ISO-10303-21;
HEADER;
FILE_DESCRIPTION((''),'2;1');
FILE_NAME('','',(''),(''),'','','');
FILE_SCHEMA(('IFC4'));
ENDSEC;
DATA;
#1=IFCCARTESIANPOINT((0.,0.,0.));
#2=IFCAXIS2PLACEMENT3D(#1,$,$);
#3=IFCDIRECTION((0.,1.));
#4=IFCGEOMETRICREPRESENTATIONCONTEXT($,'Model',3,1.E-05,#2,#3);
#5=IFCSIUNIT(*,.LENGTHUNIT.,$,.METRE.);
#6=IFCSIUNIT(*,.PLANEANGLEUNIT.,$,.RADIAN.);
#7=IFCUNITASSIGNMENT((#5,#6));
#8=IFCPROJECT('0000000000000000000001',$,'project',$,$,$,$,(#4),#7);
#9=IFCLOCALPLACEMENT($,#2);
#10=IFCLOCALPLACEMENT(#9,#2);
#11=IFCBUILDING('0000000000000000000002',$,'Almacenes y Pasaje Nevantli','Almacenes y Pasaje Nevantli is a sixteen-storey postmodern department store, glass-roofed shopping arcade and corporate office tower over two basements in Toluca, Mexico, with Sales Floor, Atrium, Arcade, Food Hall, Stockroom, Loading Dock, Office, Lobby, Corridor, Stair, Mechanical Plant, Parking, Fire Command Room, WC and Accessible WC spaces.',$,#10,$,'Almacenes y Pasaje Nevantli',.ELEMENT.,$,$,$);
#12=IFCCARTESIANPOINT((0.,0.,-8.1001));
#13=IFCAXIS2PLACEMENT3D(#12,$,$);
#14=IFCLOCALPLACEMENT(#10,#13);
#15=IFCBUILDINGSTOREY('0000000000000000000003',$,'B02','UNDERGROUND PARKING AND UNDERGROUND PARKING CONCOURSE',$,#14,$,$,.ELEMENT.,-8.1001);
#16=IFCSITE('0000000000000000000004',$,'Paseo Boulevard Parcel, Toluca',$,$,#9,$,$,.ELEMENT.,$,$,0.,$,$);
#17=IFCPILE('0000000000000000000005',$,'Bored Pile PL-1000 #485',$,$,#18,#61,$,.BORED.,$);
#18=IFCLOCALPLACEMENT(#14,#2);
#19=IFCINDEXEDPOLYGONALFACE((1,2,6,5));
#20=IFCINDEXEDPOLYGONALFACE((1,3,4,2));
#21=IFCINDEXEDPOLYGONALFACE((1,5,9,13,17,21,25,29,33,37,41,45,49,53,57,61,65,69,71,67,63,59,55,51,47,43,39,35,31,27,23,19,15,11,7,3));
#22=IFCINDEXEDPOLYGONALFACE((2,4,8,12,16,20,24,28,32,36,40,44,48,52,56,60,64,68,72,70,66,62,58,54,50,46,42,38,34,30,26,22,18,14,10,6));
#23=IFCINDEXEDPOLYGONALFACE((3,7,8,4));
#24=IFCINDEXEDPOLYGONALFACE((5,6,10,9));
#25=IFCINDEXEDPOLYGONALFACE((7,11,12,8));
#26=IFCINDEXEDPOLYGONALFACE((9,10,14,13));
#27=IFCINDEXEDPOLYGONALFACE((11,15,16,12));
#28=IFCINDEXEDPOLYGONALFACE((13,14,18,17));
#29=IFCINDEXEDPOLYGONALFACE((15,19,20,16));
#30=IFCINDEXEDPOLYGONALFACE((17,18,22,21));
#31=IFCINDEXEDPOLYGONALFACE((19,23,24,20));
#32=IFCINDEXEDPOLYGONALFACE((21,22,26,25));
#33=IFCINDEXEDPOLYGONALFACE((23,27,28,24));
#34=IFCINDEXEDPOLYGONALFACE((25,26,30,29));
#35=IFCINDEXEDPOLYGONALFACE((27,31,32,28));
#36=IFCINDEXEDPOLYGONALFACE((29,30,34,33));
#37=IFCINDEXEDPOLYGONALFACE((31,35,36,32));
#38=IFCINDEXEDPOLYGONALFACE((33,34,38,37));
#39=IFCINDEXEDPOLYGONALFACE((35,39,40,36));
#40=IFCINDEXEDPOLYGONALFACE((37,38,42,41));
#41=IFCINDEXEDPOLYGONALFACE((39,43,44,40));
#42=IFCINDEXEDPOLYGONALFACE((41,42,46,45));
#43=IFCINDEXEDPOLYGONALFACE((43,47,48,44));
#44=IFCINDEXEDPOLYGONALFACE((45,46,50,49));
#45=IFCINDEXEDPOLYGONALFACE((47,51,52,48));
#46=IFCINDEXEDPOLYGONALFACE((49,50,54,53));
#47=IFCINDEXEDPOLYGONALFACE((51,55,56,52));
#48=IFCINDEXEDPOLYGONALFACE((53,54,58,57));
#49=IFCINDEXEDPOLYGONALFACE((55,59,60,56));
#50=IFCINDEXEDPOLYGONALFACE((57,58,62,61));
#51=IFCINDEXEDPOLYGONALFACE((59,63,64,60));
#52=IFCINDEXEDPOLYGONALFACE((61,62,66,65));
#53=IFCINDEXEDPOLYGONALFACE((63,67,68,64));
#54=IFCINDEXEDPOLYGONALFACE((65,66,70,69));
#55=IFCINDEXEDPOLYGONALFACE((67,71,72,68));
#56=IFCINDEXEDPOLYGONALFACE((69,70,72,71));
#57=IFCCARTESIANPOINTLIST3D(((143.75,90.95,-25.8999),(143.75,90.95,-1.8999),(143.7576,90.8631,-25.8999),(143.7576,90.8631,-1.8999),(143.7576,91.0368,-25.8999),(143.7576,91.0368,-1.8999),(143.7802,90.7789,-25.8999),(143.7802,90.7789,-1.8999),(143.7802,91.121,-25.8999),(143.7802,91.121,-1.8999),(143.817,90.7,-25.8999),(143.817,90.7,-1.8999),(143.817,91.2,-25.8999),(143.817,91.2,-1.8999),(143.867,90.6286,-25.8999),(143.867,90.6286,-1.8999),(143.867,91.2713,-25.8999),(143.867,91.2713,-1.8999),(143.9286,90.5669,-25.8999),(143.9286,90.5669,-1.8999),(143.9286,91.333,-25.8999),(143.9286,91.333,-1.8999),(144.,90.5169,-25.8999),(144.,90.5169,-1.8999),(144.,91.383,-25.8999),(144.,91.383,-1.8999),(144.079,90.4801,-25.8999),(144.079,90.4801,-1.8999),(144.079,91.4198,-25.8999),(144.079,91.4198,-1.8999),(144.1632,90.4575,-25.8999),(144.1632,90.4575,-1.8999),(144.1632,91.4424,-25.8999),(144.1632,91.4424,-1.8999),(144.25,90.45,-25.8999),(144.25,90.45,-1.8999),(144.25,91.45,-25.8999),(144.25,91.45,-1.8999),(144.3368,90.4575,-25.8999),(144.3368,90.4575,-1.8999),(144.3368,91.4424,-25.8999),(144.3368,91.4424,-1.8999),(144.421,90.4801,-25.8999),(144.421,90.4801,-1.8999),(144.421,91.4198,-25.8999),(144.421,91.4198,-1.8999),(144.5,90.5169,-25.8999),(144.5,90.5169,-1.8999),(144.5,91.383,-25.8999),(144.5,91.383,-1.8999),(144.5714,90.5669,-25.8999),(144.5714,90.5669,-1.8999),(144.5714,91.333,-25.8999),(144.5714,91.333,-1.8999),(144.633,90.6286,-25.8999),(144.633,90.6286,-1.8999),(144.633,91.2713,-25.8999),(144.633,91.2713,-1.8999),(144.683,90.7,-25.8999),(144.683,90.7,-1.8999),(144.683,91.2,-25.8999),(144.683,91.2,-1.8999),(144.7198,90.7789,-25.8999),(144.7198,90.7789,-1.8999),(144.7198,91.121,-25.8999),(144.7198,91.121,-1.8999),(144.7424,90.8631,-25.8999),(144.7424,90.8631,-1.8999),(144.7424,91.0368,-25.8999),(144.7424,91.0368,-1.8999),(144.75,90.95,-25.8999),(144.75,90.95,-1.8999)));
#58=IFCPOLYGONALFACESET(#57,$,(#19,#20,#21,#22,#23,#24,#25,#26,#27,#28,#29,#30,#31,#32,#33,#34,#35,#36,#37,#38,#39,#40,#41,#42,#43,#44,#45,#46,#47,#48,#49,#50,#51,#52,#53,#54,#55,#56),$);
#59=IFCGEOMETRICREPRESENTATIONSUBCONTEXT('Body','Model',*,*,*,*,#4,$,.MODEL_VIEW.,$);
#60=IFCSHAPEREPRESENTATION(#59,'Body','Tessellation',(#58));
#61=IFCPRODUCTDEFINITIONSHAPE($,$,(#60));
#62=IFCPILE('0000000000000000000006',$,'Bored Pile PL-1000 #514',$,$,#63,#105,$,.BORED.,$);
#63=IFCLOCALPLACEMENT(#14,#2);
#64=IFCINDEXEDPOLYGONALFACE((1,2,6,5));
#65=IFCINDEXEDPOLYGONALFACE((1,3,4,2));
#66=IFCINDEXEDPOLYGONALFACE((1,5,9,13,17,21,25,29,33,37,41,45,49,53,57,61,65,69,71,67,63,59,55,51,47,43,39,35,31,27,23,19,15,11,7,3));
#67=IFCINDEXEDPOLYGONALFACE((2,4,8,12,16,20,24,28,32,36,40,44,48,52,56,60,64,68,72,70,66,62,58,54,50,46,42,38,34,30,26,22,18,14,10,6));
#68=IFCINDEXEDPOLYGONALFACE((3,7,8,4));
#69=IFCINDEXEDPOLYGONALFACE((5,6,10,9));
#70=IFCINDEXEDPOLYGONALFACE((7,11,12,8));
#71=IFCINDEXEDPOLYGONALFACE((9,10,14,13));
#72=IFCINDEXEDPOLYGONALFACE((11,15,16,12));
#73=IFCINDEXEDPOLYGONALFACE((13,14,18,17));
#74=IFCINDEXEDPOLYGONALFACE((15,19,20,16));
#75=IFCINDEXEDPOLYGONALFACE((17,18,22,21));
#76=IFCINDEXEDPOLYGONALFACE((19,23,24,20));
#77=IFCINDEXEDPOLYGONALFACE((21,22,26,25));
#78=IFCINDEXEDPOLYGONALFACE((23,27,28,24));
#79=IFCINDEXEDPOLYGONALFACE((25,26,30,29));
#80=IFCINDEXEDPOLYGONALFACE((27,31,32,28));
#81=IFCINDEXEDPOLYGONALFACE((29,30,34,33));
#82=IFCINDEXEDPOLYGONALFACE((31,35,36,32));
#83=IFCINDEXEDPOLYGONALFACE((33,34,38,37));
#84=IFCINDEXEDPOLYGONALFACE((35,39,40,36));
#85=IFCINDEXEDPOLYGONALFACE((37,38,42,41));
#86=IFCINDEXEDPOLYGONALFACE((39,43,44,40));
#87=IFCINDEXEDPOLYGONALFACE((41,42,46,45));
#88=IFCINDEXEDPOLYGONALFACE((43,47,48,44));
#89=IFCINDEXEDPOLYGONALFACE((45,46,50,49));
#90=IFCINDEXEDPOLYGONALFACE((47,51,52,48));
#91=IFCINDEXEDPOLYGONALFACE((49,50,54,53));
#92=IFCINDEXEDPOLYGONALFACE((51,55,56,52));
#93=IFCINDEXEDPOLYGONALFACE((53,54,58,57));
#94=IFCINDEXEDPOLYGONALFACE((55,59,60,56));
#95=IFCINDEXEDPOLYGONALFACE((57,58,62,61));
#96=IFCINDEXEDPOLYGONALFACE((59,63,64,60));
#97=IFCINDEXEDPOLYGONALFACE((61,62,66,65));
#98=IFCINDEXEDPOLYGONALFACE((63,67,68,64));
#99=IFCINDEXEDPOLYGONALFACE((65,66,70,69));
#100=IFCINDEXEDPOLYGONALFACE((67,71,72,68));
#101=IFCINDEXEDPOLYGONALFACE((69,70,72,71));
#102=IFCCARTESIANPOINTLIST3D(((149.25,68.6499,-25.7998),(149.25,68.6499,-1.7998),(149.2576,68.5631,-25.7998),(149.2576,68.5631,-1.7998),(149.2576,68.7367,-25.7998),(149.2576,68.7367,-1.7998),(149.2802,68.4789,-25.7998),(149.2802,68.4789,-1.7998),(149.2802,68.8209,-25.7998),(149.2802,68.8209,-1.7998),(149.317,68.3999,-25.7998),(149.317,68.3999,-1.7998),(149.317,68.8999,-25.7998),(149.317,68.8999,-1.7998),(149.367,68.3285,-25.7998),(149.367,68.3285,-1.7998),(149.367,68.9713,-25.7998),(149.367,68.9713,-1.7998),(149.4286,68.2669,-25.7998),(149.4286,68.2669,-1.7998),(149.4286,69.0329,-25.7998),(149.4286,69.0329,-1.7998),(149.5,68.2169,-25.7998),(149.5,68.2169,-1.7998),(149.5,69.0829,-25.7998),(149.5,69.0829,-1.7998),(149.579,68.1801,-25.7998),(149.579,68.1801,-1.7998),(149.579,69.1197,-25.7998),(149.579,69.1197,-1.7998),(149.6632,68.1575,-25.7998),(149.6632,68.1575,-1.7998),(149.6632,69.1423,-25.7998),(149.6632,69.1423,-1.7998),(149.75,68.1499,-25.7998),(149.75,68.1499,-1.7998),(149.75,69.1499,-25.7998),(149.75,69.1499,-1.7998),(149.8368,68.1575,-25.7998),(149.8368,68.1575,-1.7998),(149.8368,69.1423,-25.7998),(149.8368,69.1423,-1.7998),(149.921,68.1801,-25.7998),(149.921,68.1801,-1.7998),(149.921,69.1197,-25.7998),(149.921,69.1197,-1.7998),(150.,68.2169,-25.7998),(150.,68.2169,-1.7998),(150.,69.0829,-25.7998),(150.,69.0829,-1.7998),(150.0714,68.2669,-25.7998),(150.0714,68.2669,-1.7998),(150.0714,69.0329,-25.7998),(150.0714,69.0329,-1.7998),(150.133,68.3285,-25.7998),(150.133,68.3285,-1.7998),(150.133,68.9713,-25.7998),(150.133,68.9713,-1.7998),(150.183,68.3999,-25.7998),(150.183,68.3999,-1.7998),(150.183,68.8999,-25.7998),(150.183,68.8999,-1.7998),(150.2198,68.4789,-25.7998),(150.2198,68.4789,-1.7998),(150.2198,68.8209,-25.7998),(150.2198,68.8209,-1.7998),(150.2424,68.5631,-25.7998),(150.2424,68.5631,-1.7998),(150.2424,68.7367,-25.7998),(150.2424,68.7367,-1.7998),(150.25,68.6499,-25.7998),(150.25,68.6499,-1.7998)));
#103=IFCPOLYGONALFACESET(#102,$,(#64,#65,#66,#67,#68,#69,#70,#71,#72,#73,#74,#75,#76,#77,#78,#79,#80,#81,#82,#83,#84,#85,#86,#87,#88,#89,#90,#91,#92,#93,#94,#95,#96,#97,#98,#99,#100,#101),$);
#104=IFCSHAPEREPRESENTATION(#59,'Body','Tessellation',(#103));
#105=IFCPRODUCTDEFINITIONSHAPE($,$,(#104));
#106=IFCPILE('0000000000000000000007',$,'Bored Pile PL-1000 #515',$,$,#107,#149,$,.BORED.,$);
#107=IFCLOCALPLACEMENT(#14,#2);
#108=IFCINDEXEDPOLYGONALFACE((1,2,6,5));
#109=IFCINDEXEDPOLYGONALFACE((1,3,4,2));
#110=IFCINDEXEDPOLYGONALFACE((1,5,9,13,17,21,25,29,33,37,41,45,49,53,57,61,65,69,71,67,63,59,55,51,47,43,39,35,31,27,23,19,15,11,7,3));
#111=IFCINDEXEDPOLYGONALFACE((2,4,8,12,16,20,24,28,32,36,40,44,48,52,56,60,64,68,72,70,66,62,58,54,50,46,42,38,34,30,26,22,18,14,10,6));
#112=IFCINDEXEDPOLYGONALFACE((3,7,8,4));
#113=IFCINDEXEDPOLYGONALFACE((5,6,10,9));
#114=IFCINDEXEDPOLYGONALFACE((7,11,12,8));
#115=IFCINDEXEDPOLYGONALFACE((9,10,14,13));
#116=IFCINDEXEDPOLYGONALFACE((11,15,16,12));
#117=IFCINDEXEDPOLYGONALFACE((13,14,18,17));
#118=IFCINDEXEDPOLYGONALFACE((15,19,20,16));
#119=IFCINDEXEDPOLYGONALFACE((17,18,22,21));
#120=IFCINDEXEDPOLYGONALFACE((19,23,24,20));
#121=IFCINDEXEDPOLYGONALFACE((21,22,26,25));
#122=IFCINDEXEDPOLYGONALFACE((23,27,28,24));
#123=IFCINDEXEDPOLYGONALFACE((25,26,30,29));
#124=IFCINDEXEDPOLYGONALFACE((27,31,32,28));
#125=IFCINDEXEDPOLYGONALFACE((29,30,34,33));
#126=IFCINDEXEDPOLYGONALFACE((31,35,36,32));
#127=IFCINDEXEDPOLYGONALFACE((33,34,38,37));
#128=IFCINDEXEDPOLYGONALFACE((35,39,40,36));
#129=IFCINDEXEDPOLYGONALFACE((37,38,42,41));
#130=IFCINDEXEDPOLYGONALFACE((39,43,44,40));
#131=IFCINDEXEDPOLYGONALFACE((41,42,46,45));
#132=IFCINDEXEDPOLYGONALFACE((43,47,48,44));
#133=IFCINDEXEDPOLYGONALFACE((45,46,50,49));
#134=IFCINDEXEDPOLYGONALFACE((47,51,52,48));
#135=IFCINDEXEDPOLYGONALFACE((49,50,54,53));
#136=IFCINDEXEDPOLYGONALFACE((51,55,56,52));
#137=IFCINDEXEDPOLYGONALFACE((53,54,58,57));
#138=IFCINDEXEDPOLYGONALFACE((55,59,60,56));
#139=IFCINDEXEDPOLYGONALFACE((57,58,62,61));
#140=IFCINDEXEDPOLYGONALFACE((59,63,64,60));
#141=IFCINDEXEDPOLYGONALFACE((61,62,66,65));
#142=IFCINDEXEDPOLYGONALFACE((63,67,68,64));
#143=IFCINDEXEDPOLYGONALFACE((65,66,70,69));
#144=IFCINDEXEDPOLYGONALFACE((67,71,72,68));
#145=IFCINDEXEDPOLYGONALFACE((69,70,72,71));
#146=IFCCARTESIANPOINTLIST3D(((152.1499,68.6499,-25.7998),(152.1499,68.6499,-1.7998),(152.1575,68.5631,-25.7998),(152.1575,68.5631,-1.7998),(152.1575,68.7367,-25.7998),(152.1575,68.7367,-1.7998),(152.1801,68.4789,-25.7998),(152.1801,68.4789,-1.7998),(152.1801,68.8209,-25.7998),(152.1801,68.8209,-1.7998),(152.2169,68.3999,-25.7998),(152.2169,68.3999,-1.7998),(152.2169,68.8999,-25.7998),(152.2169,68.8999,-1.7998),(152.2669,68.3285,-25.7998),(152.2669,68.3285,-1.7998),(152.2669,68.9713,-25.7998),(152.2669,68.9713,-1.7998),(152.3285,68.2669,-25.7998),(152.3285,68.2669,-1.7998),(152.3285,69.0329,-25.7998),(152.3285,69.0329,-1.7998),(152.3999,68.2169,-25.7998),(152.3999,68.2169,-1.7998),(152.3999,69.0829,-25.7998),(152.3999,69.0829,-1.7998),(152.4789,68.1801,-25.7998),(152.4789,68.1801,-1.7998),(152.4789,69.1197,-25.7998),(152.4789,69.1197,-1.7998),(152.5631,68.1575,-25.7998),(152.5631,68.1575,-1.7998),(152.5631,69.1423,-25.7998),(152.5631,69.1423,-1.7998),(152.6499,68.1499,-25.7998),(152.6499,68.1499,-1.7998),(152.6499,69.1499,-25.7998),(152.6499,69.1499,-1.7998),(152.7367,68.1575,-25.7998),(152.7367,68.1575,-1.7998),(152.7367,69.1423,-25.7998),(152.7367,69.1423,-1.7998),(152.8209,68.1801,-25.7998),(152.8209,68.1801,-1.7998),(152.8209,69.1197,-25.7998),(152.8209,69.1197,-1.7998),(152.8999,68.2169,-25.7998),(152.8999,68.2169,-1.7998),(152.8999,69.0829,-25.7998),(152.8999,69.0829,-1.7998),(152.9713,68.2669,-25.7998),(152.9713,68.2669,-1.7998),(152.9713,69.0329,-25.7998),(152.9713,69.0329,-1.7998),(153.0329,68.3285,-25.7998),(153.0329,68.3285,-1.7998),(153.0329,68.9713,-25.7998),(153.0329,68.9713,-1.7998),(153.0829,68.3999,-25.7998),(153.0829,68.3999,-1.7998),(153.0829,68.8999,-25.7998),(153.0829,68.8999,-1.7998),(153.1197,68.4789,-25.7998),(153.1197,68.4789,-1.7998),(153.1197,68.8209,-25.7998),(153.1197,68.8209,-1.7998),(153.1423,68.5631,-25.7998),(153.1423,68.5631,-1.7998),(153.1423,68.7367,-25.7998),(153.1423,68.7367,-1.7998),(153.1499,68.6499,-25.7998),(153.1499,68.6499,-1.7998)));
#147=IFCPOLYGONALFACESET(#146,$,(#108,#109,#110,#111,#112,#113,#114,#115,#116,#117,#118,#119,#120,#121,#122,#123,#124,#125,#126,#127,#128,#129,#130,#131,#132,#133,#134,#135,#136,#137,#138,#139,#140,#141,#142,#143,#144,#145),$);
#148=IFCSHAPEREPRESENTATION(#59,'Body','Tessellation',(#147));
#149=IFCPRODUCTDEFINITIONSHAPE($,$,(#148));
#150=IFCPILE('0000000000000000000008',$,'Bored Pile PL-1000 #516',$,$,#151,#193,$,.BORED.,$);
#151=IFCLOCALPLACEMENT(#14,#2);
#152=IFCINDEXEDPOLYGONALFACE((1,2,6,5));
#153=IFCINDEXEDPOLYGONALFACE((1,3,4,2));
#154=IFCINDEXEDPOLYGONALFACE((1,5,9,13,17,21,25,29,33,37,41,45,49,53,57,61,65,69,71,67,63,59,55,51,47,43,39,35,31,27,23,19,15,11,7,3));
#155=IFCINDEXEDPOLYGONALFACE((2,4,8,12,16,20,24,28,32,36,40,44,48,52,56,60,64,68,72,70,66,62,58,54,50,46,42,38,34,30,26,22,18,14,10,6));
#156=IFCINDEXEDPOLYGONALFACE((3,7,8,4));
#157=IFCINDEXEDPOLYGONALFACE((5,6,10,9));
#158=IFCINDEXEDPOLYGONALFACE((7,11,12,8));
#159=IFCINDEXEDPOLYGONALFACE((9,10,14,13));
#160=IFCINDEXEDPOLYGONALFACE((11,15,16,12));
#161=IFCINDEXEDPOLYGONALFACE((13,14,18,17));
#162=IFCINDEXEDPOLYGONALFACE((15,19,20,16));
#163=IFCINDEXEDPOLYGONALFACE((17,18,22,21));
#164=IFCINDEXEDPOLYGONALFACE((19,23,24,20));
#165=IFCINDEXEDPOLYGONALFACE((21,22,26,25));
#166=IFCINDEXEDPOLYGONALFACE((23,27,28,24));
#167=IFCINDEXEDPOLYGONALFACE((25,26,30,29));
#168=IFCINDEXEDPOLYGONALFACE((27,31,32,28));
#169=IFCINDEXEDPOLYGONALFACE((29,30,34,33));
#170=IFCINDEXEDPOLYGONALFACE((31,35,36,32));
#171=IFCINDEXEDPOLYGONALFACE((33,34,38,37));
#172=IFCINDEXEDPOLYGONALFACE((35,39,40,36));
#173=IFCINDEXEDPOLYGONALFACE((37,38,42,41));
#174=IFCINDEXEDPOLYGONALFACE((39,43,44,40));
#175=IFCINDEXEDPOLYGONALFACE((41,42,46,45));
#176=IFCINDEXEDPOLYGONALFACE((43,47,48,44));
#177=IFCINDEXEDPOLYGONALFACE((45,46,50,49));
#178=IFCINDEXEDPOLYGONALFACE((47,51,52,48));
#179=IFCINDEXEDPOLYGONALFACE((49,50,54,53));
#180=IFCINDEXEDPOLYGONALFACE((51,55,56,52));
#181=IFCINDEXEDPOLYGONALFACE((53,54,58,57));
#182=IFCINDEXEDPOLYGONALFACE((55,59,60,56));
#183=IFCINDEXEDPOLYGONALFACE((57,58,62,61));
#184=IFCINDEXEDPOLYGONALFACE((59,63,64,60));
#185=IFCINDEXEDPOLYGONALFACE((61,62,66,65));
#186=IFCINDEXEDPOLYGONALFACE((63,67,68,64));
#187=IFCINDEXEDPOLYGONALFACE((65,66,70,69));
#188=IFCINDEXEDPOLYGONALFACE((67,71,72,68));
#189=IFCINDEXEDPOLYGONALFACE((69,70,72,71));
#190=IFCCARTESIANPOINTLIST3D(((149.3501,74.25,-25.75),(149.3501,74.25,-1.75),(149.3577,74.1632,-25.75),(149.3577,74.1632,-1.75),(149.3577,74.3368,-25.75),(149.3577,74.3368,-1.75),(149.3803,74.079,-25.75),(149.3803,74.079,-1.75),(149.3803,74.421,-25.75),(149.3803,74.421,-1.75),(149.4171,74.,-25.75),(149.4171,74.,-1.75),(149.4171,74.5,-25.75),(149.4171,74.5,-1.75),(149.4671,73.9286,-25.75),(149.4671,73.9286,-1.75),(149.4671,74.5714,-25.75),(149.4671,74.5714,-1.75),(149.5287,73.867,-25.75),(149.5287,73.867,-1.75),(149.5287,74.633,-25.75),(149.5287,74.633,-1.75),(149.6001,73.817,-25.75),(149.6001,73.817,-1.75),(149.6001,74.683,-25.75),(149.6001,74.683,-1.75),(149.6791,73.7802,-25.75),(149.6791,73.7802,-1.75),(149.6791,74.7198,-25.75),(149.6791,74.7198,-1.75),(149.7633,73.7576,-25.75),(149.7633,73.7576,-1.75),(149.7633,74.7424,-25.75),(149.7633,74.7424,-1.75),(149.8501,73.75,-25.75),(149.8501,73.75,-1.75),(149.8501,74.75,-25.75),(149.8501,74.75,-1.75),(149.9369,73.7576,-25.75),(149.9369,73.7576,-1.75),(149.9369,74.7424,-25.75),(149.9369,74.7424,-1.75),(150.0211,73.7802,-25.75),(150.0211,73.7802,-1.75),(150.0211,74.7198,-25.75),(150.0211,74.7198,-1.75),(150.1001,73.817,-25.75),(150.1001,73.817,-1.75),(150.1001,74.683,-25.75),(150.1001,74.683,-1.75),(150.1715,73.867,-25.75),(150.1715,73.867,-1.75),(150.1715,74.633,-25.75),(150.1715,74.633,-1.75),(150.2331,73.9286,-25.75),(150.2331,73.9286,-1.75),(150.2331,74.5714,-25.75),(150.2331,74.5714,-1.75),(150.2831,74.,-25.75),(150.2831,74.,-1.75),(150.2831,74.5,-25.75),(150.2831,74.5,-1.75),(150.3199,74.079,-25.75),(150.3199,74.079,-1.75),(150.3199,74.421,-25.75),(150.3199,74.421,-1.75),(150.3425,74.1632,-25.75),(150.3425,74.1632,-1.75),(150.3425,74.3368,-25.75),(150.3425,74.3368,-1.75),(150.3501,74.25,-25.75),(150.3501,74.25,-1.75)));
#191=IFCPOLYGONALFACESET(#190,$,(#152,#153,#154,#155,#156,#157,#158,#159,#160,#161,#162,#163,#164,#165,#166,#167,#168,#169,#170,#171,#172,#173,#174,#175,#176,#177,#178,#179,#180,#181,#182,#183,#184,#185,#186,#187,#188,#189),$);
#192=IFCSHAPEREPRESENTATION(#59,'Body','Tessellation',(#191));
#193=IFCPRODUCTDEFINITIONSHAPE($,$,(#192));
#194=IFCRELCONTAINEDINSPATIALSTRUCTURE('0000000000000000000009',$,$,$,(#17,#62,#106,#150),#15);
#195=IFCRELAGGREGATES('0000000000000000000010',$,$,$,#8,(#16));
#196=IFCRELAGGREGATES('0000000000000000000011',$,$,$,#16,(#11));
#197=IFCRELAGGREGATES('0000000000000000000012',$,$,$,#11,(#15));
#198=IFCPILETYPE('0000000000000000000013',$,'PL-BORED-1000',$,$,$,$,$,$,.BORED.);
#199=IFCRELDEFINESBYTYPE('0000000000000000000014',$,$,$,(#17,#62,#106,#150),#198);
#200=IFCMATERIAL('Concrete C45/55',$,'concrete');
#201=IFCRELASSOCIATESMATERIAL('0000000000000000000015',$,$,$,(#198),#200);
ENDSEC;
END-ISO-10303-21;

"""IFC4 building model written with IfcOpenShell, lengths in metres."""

from ifc_helpers import new_model, si_unit, direction, frame, origin, origin_2d, place, context, subcontext, project, spatial, circle, extrude, material, material_profile, profile_set, type_object, element, save


model = new_model("IFC4")

# Units and contexts
model_context = context("Model", 3, precision=1e-05, world=origin(), true_north=direction((0.0, 1.0)))
body_context = subcontext(model_context, "Body", "Model", "MODEL_VIEW")
ifc_project = project(units=[si_unit("LENGTHUNIT", "METRE"), si_unit("PLANEANGLEUNIT", "RADIAN")], contexts=[model_context])

# Site, building, storey
site_placement = place(None, origin())
site = spatial("IfcSite", under=ifc_project, at=site_placement, Name="Paseo Boulevard Parcel, Toluca", CompositionType="ELEMENT", RefElevation=0.0)
building_placement = place(site_placement, origin())
building = spatial("IfcBuilding", under=site, at=building_placement, Name="Almacenes y Pasaje Nevantli", Description="Almacenes y Pasaje Nevantli is a sixteen-storey postmodern department store, glass-roofed shopping arcade and corporate office tower over two basements in Toluca, Mexico, with Sales Floor, Atrium, Arcade, Food Hall, Stockroom, Loading Dock, Office, Lobby, Corridor, Stair, Mechanical Plant, Parking, Fire Command Room, WC and Accessible WC spaces.", LongName="Almacenes y Pasaje Nevantli", CompositionType="ELEMENT")
storey_placement = place(building_placement, frame((0.0, 0.0, -8.1001)))
storey = spatial("IfcBuildingStorey", under=building, at=storey_placement, Name="B02", Description="UNDERGROUND PARKING AND UNDERGROUND PARKING CONCOURSE", CompositionType="ELEMENT", Elevation=-8.1001)

# Piles
ifc_material_1 = material(Name="Concrete C45/55", Category="concrete")
ifc_material_profile_1 = material_profile(ifc_material_1, circle(Radius=0.5, at=origin_2d()), Name="RC-PILE-D1000")
ifc_profile_set_1 = profile_set([ifc_material_profile_1], Name="Concrete C45/55")
pile_type = type_object("IfcPileType", Name="PL-BORED-1000", PredefinedType="BORED", material=ifc_profile_set_1)
for number, where, z_axis, x_axis, name in (
    (1, (144.25, 90.95, -1.8999), (0.0, 0.0, -1.0), (1.0, 0.0, 0.0), "Bored Pile PL-1000 #485"),
    (2, (149.75, 68.6499, -1.7998), (0.0, 0.0, -1.0), (1.0, 0.0, 0.0), "Bored Pile PL-1000 #514"),
    (3, (152.6499, 68.6499, -1.7998), (0.0, 0.0, -1.0), (1.0, 0.0, 0.0), "Bored Pile PL-1000 #515"),
    (4, (149.8501, 74.25, -1.75), (0.0, 0.0, -1.0), (1.0, 0.0, 0.0), "Bored Pile PL-1000 #516"),
):
    element("IfcPile", number, at=place(storey_placement, frame(where, z_axis=z_axis, x_axis=x_axis)), inside=storey, type_object=pile_type, Name=name, PredefinedType="BORED", context=body_context, shape_type="SweptSolid", body=[
        extrude(circle(Radius=0.5, at=origin_2d()), origin(), (0.0, 0.0, 1.0), 24.0),
    ])

save(model, "model.ifc")
